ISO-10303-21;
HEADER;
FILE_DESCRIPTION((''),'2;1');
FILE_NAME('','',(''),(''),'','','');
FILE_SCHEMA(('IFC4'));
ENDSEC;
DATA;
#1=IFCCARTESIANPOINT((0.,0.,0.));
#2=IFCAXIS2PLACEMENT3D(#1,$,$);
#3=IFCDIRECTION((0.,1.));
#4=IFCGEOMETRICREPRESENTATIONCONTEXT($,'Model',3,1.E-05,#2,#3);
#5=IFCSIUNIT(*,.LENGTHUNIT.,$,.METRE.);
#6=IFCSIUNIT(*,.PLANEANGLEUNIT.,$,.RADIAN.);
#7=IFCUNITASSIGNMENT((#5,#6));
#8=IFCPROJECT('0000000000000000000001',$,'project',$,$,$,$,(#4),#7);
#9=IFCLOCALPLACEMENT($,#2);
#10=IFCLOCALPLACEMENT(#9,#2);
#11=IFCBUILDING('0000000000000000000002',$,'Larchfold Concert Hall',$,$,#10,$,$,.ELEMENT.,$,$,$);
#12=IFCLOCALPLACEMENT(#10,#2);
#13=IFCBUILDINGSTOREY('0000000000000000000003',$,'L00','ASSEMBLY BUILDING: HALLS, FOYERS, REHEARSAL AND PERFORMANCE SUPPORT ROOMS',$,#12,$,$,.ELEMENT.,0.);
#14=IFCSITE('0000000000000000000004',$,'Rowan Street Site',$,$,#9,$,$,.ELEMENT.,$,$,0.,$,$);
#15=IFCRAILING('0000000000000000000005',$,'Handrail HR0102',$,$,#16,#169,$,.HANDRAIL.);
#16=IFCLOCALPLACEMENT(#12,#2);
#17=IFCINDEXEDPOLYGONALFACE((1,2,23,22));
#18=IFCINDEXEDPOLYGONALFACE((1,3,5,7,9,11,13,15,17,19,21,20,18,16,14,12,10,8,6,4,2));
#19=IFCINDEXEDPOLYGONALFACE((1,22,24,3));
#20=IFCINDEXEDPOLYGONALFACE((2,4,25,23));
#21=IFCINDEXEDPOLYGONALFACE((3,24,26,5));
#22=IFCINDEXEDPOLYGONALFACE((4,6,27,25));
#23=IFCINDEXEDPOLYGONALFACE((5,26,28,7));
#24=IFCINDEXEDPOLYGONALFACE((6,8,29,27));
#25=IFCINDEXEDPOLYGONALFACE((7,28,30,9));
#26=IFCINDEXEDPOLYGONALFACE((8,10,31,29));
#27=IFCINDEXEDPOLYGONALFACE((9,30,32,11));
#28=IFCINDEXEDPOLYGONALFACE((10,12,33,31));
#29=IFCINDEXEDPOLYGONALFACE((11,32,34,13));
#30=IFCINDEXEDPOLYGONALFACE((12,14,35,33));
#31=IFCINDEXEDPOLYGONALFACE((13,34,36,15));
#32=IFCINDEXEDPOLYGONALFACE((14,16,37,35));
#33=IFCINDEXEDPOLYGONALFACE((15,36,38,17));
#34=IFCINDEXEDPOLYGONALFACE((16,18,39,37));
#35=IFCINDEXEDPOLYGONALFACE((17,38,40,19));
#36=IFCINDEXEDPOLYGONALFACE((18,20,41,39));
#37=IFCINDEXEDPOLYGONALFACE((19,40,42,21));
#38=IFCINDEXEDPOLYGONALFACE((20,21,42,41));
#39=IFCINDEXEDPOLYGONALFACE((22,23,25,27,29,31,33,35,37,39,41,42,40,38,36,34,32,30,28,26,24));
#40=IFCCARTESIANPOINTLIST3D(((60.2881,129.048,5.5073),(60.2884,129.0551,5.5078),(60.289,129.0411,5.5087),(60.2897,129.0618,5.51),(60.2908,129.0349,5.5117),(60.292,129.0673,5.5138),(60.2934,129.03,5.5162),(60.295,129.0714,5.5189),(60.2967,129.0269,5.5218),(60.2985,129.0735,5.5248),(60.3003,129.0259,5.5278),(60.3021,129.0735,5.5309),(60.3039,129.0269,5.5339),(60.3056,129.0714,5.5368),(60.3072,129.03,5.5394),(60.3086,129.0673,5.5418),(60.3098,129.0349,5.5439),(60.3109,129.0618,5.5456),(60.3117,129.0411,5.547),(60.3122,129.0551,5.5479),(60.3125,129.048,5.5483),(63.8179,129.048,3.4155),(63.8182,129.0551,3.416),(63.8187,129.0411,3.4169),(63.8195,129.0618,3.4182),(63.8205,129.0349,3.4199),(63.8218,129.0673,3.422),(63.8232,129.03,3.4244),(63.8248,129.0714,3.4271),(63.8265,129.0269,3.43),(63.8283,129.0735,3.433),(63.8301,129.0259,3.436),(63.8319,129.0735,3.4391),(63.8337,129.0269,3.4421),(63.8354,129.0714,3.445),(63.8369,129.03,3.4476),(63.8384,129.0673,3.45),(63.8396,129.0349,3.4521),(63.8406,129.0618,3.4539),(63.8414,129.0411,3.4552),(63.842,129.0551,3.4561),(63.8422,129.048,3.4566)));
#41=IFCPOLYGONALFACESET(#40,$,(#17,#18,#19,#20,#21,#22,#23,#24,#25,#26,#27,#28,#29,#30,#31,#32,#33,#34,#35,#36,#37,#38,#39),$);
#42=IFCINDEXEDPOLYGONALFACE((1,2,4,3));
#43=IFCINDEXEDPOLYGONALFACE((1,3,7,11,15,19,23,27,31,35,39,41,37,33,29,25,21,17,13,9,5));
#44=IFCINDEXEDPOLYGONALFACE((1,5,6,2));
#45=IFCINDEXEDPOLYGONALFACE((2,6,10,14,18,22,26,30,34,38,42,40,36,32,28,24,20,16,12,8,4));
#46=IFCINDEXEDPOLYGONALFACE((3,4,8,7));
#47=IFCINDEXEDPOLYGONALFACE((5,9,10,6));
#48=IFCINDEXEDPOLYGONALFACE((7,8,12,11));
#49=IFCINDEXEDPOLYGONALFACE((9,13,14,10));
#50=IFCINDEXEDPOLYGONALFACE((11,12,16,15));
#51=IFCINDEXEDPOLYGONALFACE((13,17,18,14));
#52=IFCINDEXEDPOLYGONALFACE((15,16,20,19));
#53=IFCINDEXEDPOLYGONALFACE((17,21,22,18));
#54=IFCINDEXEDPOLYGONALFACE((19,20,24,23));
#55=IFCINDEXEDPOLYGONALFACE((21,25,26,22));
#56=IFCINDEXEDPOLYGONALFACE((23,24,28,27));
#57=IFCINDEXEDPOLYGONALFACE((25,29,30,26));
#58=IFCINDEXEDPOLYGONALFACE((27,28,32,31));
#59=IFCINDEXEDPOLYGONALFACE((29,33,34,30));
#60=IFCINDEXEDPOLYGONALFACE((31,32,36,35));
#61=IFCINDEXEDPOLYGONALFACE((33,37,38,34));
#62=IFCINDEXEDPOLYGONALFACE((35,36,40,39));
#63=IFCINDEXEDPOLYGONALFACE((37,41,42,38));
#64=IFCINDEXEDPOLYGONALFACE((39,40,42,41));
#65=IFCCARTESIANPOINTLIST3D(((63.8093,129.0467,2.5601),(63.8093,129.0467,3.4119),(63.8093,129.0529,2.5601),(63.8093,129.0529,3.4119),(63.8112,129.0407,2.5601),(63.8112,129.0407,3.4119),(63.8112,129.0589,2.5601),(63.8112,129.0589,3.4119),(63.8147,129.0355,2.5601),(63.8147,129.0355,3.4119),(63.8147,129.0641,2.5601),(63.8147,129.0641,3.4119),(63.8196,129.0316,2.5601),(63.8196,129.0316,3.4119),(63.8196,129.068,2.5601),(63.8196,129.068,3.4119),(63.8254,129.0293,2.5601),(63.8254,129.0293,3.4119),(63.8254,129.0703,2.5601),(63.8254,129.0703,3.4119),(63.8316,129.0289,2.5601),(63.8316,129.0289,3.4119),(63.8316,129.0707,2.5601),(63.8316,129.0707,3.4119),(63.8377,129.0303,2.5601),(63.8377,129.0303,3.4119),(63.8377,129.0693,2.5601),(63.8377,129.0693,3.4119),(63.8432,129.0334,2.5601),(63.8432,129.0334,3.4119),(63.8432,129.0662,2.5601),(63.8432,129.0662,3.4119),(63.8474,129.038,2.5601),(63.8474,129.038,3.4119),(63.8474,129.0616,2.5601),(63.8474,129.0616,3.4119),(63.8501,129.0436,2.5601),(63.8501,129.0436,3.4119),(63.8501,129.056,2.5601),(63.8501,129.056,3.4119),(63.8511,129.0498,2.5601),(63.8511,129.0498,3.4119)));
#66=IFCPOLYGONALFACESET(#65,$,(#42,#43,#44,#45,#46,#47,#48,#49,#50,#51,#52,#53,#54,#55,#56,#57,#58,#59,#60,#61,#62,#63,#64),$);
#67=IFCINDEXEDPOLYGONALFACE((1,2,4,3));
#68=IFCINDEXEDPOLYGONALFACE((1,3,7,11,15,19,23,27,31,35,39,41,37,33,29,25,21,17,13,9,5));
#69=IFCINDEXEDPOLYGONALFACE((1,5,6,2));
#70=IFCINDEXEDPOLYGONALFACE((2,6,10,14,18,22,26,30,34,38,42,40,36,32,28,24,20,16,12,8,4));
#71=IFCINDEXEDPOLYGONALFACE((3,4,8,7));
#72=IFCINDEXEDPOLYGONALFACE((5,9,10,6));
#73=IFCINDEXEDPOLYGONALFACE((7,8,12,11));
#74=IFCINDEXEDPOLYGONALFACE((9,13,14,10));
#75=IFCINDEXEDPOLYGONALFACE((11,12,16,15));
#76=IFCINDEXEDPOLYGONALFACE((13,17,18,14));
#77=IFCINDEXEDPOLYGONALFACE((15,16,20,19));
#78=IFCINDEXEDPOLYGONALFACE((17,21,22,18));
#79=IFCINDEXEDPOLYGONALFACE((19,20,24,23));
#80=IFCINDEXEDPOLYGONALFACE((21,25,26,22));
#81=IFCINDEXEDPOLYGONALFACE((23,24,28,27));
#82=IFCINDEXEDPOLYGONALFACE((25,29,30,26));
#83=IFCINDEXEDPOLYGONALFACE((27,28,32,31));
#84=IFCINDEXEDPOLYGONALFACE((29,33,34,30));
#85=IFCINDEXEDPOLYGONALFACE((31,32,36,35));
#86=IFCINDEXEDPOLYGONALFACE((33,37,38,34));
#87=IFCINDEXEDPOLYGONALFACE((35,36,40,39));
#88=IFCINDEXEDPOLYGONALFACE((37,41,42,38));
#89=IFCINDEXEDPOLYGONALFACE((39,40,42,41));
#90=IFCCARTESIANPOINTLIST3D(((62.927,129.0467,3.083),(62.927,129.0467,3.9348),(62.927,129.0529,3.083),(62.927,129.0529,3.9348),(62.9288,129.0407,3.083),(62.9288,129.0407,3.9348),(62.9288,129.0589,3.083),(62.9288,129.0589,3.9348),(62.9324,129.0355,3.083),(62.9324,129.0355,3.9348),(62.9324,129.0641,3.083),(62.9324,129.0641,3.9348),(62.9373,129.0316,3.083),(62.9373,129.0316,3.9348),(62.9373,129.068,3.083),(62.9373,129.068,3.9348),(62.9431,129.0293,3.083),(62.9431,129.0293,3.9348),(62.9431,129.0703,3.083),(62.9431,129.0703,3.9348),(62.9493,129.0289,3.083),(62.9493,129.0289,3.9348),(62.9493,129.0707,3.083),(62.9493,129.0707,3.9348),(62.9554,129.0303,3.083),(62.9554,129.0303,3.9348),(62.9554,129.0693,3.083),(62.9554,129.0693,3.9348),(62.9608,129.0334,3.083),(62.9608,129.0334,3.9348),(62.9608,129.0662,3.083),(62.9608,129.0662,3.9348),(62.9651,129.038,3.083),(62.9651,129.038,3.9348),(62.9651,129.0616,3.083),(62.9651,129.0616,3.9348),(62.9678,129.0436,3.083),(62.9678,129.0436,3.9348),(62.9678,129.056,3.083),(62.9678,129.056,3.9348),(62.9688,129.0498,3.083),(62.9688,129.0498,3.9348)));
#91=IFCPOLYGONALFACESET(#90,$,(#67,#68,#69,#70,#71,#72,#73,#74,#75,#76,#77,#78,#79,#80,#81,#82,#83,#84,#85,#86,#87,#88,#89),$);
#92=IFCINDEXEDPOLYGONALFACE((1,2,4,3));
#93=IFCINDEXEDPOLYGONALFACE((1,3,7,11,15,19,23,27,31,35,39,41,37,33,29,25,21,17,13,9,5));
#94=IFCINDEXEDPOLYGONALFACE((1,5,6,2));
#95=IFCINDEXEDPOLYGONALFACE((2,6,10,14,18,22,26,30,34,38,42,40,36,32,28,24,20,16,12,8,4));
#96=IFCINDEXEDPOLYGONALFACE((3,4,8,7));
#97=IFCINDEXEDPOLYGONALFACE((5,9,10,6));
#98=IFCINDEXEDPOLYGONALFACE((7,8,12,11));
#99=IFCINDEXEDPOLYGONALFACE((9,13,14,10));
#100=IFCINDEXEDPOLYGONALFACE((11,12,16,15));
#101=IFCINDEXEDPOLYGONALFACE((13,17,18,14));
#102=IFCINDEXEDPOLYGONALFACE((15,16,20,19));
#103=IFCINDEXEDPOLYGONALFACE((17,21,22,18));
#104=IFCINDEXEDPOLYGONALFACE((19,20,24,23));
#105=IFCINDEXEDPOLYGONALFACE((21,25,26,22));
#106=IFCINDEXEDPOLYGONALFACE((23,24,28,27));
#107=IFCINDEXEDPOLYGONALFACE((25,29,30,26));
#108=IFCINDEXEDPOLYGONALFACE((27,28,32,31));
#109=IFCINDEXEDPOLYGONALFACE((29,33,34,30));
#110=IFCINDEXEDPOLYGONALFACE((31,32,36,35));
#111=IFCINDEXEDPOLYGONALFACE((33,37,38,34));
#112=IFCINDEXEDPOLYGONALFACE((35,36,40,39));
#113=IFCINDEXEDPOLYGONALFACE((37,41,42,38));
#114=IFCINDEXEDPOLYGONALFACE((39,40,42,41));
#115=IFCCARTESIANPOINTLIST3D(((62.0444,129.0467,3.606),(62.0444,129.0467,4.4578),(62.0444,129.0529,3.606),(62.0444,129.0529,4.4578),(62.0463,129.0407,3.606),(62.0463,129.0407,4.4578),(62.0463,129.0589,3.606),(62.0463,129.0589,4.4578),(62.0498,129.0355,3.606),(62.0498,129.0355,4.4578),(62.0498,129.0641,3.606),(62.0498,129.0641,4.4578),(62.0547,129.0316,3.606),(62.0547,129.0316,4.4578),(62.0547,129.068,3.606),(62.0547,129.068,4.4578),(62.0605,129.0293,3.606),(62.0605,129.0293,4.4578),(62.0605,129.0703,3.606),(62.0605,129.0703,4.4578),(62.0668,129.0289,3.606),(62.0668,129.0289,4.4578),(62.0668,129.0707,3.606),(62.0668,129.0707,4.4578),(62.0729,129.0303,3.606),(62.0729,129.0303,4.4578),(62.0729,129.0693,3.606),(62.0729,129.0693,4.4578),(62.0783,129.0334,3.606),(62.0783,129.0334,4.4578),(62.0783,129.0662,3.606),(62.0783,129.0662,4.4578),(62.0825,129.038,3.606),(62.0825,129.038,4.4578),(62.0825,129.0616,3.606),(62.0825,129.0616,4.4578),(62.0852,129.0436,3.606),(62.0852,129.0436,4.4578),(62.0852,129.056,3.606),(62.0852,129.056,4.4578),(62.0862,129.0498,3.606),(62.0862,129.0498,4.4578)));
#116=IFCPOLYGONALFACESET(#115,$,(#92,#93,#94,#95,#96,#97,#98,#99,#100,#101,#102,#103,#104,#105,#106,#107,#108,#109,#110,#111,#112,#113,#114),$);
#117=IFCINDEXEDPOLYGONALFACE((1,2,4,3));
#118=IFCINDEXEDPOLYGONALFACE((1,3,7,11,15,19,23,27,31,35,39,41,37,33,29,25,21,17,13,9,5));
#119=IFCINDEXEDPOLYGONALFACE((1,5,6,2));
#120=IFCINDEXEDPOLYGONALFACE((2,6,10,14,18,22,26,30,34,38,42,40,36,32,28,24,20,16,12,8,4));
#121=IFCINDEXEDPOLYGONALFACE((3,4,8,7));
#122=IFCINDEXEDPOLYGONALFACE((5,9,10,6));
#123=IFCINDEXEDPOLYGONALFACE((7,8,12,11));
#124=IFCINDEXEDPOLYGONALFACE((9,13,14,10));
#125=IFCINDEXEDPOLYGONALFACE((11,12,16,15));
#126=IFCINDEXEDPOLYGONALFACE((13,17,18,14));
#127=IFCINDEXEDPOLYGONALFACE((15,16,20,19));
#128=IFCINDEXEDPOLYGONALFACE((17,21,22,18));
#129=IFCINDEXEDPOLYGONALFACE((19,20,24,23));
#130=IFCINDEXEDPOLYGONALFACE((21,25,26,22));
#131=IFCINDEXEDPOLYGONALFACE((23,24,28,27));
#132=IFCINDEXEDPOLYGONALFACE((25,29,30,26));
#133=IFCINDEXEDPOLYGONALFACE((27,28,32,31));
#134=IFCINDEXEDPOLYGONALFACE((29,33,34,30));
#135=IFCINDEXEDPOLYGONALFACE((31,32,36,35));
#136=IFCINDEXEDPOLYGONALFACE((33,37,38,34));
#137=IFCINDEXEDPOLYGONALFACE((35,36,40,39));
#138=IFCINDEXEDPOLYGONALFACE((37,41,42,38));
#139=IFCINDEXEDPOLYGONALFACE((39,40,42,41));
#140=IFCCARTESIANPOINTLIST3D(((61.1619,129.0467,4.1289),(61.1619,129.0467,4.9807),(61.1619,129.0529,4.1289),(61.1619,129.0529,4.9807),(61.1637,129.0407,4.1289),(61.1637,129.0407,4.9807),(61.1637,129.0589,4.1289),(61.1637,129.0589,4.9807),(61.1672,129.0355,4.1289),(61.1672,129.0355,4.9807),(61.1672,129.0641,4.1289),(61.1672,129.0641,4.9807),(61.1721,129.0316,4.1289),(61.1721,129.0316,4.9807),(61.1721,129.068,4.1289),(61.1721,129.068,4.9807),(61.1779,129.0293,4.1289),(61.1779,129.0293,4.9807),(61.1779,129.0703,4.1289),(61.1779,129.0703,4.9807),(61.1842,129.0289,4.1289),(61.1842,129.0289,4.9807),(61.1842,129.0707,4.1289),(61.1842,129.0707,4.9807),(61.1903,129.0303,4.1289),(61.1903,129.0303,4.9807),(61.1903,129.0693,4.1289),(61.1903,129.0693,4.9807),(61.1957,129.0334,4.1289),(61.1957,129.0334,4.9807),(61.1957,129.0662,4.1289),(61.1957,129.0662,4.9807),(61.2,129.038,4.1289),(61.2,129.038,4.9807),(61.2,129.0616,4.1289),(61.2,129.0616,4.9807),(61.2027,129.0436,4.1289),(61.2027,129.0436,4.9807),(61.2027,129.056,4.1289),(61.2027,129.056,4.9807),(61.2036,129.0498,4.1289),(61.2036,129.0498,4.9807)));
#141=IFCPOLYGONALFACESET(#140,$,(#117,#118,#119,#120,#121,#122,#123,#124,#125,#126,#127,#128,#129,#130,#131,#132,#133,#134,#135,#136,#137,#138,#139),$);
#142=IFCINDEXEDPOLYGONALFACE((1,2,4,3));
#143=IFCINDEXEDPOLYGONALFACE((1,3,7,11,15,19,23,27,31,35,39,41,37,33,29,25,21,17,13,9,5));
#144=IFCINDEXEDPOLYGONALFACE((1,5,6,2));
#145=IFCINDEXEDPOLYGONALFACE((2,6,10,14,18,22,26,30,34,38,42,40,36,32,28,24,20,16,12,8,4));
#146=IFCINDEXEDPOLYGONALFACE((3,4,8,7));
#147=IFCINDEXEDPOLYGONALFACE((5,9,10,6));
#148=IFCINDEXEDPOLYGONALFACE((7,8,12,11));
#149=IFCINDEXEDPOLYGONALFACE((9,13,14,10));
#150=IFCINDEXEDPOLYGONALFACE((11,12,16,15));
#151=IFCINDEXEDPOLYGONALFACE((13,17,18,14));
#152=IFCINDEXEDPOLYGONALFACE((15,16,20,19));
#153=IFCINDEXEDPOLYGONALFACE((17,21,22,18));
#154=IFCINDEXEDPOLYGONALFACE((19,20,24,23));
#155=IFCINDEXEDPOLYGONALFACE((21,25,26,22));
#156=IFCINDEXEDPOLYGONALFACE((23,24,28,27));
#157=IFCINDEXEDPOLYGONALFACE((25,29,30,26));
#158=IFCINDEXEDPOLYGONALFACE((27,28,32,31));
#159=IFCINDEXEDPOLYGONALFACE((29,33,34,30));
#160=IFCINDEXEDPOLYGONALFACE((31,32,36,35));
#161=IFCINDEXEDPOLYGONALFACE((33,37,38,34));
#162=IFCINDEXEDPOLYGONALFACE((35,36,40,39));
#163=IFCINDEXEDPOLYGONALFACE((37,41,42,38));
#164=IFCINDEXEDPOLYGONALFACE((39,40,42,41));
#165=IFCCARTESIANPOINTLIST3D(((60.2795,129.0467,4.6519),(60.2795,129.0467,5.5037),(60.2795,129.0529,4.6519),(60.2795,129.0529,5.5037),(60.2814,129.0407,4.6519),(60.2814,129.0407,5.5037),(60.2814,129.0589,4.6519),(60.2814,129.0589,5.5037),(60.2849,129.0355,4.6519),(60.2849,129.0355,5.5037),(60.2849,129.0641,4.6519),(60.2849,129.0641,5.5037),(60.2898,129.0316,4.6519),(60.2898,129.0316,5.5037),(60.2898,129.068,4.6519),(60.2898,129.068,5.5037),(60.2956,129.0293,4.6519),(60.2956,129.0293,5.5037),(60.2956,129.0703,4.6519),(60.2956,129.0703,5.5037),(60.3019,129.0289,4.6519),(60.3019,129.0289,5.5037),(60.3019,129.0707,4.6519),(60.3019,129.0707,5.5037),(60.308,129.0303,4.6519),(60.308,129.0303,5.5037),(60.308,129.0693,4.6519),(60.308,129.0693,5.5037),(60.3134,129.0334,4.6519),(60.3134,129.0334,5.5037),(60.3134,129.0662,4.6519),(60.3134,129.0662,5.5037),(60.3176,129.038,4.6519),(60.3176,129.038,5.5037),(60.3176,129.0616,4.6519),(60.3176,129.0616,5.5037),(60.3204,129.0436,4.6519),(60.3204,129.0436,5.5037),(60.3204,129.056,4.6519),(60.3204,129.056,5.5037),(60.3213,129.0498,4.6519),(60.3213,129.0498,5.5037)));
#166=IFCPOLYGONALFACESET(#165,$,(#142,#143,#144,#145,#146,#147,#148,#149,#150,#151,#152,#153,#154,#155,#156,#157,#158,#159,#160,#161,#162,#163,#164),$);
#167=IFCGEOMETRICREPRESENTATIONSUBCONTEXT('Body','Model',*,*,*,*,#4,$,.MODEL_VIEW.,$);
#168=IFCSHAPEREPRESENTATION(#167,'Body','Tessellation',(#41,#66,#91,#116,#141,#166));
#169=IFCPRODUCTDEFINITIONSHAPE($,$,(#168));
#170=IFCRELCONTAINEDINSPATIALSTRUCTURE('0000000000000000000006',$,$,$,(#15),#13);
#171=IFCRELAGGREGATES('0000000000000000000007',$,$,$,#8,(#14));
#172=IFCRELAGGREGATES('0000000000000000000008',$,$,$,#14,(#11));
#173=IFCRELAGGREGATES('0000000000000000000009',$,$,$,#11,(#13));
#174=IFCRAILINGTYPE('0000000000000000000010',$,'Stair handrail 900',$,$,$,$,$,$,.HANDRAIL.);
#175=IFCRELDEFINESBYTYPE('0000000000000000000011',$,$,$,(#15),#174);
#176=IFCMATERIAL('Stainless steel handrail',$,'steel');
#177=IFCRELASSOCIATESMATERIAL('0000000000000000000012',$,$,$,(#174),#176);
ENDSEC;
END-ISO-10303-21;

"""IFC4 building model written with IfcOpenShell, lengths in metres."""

from ifc_helpers import new_model, si_unit, direction, frame, origin, origin_2d, place, context, subcontext, project, spatial, circle, extrude, material, type_object, element, save


model = new_model("IFC4")

# Units and contexts
model_context = context("Model", 3, precision=1e-05, world=origin(), true_north=direction((0.0, 1.0)))
body_context = subcontext(model_context, "Body", "Model", "MODEL_VIEW")
ifc_project = project(units=[si_unit("LENGTHUNIT", "METRE"), si_unit("PLANEANGLEUNIT", "RADIAN")], contexts=[model_context])

# Site, building, storey
site_placement = place(None, origin())
site = spatial("IfcSite", under=ifc_project, at=site_placement, Name="Rowan Street Site", CompositionType="ELEMENT", RefElevation=0.0)
building_placement = place(site_placement, origin())
building = spatial("IfcBuilding", under=site, at=building_placement, Name="Larchfold Concert Hall", CompositionType="ELEMENT")
storey_placement = place(building_placement, origin())
storey = spatial("IfcBuildingStorey", under=building, at=storey_placement, Name="L00", Description="ASSEMBLY BUILDING: HALLS, FOYERS, REHEARSAL AND PERFORMANCE SUPPORT ROOMS", CompositionType="ELEMENT", Elevation=0.0)

# Railing
ifc_material_1 = material(Name="Stainless steel handrail", Category="steel")
railing_type_1 = type_object("IfcRailingType", Name="Stair handrail 900", PredefinedType="HANDRAIL", material=ifc_material_1)
railing_1_placement = place(storey_placement, frame((63.8301, 129.0498, 2.5601)))
element("IfcRailing", 1, at=railing_1_placement, inside=storey, type_object=railing_type_1, Name="Handrail HR0102", PredefinedType="HANDRAIL", context=body_context, shape_type="SweptSolid", body=[
    extrude(circle(Radius=0.0239, at=origin_2d()), frame((0.0, 0.0, 0.876), z_axis=(-0.860284, 0.0, 0.509815), x_axis=(0.0, -1.0, 0.0)), (0.0, 0.0, 1.0), 4.103),
    extrude(circle(Radius=0.021, at=origin_2d()), origin(), (0.0, 0.0, 1.0), 0.8518),
    extrude(circle(Radius=0.021, at=origin_2d()), frame((-0.8823, 0.0, 0.5229)), (0.0, 0.0, 1.0), 0.8518),
    extrude(circle(Radius=0.021, at=origin_2d()), frame((-1.7649, 0.0, 1.0459)), (0.0, 0.0, 1.0), 0.8518),
    extrude(circle(Radius=0.021, at=origin_2d()), frame((-2.6475, 0.0, 1.5688)), (0.0, 0.0, 1.0), 0.8518),
    extrude(circle(Radius=0.021, at=origin_2d()), frame((-3.5298, 0.0, 2.0918)), (0.0, 0.0, 1.0), 0.8518),
])

save(model, "model.ifc")
